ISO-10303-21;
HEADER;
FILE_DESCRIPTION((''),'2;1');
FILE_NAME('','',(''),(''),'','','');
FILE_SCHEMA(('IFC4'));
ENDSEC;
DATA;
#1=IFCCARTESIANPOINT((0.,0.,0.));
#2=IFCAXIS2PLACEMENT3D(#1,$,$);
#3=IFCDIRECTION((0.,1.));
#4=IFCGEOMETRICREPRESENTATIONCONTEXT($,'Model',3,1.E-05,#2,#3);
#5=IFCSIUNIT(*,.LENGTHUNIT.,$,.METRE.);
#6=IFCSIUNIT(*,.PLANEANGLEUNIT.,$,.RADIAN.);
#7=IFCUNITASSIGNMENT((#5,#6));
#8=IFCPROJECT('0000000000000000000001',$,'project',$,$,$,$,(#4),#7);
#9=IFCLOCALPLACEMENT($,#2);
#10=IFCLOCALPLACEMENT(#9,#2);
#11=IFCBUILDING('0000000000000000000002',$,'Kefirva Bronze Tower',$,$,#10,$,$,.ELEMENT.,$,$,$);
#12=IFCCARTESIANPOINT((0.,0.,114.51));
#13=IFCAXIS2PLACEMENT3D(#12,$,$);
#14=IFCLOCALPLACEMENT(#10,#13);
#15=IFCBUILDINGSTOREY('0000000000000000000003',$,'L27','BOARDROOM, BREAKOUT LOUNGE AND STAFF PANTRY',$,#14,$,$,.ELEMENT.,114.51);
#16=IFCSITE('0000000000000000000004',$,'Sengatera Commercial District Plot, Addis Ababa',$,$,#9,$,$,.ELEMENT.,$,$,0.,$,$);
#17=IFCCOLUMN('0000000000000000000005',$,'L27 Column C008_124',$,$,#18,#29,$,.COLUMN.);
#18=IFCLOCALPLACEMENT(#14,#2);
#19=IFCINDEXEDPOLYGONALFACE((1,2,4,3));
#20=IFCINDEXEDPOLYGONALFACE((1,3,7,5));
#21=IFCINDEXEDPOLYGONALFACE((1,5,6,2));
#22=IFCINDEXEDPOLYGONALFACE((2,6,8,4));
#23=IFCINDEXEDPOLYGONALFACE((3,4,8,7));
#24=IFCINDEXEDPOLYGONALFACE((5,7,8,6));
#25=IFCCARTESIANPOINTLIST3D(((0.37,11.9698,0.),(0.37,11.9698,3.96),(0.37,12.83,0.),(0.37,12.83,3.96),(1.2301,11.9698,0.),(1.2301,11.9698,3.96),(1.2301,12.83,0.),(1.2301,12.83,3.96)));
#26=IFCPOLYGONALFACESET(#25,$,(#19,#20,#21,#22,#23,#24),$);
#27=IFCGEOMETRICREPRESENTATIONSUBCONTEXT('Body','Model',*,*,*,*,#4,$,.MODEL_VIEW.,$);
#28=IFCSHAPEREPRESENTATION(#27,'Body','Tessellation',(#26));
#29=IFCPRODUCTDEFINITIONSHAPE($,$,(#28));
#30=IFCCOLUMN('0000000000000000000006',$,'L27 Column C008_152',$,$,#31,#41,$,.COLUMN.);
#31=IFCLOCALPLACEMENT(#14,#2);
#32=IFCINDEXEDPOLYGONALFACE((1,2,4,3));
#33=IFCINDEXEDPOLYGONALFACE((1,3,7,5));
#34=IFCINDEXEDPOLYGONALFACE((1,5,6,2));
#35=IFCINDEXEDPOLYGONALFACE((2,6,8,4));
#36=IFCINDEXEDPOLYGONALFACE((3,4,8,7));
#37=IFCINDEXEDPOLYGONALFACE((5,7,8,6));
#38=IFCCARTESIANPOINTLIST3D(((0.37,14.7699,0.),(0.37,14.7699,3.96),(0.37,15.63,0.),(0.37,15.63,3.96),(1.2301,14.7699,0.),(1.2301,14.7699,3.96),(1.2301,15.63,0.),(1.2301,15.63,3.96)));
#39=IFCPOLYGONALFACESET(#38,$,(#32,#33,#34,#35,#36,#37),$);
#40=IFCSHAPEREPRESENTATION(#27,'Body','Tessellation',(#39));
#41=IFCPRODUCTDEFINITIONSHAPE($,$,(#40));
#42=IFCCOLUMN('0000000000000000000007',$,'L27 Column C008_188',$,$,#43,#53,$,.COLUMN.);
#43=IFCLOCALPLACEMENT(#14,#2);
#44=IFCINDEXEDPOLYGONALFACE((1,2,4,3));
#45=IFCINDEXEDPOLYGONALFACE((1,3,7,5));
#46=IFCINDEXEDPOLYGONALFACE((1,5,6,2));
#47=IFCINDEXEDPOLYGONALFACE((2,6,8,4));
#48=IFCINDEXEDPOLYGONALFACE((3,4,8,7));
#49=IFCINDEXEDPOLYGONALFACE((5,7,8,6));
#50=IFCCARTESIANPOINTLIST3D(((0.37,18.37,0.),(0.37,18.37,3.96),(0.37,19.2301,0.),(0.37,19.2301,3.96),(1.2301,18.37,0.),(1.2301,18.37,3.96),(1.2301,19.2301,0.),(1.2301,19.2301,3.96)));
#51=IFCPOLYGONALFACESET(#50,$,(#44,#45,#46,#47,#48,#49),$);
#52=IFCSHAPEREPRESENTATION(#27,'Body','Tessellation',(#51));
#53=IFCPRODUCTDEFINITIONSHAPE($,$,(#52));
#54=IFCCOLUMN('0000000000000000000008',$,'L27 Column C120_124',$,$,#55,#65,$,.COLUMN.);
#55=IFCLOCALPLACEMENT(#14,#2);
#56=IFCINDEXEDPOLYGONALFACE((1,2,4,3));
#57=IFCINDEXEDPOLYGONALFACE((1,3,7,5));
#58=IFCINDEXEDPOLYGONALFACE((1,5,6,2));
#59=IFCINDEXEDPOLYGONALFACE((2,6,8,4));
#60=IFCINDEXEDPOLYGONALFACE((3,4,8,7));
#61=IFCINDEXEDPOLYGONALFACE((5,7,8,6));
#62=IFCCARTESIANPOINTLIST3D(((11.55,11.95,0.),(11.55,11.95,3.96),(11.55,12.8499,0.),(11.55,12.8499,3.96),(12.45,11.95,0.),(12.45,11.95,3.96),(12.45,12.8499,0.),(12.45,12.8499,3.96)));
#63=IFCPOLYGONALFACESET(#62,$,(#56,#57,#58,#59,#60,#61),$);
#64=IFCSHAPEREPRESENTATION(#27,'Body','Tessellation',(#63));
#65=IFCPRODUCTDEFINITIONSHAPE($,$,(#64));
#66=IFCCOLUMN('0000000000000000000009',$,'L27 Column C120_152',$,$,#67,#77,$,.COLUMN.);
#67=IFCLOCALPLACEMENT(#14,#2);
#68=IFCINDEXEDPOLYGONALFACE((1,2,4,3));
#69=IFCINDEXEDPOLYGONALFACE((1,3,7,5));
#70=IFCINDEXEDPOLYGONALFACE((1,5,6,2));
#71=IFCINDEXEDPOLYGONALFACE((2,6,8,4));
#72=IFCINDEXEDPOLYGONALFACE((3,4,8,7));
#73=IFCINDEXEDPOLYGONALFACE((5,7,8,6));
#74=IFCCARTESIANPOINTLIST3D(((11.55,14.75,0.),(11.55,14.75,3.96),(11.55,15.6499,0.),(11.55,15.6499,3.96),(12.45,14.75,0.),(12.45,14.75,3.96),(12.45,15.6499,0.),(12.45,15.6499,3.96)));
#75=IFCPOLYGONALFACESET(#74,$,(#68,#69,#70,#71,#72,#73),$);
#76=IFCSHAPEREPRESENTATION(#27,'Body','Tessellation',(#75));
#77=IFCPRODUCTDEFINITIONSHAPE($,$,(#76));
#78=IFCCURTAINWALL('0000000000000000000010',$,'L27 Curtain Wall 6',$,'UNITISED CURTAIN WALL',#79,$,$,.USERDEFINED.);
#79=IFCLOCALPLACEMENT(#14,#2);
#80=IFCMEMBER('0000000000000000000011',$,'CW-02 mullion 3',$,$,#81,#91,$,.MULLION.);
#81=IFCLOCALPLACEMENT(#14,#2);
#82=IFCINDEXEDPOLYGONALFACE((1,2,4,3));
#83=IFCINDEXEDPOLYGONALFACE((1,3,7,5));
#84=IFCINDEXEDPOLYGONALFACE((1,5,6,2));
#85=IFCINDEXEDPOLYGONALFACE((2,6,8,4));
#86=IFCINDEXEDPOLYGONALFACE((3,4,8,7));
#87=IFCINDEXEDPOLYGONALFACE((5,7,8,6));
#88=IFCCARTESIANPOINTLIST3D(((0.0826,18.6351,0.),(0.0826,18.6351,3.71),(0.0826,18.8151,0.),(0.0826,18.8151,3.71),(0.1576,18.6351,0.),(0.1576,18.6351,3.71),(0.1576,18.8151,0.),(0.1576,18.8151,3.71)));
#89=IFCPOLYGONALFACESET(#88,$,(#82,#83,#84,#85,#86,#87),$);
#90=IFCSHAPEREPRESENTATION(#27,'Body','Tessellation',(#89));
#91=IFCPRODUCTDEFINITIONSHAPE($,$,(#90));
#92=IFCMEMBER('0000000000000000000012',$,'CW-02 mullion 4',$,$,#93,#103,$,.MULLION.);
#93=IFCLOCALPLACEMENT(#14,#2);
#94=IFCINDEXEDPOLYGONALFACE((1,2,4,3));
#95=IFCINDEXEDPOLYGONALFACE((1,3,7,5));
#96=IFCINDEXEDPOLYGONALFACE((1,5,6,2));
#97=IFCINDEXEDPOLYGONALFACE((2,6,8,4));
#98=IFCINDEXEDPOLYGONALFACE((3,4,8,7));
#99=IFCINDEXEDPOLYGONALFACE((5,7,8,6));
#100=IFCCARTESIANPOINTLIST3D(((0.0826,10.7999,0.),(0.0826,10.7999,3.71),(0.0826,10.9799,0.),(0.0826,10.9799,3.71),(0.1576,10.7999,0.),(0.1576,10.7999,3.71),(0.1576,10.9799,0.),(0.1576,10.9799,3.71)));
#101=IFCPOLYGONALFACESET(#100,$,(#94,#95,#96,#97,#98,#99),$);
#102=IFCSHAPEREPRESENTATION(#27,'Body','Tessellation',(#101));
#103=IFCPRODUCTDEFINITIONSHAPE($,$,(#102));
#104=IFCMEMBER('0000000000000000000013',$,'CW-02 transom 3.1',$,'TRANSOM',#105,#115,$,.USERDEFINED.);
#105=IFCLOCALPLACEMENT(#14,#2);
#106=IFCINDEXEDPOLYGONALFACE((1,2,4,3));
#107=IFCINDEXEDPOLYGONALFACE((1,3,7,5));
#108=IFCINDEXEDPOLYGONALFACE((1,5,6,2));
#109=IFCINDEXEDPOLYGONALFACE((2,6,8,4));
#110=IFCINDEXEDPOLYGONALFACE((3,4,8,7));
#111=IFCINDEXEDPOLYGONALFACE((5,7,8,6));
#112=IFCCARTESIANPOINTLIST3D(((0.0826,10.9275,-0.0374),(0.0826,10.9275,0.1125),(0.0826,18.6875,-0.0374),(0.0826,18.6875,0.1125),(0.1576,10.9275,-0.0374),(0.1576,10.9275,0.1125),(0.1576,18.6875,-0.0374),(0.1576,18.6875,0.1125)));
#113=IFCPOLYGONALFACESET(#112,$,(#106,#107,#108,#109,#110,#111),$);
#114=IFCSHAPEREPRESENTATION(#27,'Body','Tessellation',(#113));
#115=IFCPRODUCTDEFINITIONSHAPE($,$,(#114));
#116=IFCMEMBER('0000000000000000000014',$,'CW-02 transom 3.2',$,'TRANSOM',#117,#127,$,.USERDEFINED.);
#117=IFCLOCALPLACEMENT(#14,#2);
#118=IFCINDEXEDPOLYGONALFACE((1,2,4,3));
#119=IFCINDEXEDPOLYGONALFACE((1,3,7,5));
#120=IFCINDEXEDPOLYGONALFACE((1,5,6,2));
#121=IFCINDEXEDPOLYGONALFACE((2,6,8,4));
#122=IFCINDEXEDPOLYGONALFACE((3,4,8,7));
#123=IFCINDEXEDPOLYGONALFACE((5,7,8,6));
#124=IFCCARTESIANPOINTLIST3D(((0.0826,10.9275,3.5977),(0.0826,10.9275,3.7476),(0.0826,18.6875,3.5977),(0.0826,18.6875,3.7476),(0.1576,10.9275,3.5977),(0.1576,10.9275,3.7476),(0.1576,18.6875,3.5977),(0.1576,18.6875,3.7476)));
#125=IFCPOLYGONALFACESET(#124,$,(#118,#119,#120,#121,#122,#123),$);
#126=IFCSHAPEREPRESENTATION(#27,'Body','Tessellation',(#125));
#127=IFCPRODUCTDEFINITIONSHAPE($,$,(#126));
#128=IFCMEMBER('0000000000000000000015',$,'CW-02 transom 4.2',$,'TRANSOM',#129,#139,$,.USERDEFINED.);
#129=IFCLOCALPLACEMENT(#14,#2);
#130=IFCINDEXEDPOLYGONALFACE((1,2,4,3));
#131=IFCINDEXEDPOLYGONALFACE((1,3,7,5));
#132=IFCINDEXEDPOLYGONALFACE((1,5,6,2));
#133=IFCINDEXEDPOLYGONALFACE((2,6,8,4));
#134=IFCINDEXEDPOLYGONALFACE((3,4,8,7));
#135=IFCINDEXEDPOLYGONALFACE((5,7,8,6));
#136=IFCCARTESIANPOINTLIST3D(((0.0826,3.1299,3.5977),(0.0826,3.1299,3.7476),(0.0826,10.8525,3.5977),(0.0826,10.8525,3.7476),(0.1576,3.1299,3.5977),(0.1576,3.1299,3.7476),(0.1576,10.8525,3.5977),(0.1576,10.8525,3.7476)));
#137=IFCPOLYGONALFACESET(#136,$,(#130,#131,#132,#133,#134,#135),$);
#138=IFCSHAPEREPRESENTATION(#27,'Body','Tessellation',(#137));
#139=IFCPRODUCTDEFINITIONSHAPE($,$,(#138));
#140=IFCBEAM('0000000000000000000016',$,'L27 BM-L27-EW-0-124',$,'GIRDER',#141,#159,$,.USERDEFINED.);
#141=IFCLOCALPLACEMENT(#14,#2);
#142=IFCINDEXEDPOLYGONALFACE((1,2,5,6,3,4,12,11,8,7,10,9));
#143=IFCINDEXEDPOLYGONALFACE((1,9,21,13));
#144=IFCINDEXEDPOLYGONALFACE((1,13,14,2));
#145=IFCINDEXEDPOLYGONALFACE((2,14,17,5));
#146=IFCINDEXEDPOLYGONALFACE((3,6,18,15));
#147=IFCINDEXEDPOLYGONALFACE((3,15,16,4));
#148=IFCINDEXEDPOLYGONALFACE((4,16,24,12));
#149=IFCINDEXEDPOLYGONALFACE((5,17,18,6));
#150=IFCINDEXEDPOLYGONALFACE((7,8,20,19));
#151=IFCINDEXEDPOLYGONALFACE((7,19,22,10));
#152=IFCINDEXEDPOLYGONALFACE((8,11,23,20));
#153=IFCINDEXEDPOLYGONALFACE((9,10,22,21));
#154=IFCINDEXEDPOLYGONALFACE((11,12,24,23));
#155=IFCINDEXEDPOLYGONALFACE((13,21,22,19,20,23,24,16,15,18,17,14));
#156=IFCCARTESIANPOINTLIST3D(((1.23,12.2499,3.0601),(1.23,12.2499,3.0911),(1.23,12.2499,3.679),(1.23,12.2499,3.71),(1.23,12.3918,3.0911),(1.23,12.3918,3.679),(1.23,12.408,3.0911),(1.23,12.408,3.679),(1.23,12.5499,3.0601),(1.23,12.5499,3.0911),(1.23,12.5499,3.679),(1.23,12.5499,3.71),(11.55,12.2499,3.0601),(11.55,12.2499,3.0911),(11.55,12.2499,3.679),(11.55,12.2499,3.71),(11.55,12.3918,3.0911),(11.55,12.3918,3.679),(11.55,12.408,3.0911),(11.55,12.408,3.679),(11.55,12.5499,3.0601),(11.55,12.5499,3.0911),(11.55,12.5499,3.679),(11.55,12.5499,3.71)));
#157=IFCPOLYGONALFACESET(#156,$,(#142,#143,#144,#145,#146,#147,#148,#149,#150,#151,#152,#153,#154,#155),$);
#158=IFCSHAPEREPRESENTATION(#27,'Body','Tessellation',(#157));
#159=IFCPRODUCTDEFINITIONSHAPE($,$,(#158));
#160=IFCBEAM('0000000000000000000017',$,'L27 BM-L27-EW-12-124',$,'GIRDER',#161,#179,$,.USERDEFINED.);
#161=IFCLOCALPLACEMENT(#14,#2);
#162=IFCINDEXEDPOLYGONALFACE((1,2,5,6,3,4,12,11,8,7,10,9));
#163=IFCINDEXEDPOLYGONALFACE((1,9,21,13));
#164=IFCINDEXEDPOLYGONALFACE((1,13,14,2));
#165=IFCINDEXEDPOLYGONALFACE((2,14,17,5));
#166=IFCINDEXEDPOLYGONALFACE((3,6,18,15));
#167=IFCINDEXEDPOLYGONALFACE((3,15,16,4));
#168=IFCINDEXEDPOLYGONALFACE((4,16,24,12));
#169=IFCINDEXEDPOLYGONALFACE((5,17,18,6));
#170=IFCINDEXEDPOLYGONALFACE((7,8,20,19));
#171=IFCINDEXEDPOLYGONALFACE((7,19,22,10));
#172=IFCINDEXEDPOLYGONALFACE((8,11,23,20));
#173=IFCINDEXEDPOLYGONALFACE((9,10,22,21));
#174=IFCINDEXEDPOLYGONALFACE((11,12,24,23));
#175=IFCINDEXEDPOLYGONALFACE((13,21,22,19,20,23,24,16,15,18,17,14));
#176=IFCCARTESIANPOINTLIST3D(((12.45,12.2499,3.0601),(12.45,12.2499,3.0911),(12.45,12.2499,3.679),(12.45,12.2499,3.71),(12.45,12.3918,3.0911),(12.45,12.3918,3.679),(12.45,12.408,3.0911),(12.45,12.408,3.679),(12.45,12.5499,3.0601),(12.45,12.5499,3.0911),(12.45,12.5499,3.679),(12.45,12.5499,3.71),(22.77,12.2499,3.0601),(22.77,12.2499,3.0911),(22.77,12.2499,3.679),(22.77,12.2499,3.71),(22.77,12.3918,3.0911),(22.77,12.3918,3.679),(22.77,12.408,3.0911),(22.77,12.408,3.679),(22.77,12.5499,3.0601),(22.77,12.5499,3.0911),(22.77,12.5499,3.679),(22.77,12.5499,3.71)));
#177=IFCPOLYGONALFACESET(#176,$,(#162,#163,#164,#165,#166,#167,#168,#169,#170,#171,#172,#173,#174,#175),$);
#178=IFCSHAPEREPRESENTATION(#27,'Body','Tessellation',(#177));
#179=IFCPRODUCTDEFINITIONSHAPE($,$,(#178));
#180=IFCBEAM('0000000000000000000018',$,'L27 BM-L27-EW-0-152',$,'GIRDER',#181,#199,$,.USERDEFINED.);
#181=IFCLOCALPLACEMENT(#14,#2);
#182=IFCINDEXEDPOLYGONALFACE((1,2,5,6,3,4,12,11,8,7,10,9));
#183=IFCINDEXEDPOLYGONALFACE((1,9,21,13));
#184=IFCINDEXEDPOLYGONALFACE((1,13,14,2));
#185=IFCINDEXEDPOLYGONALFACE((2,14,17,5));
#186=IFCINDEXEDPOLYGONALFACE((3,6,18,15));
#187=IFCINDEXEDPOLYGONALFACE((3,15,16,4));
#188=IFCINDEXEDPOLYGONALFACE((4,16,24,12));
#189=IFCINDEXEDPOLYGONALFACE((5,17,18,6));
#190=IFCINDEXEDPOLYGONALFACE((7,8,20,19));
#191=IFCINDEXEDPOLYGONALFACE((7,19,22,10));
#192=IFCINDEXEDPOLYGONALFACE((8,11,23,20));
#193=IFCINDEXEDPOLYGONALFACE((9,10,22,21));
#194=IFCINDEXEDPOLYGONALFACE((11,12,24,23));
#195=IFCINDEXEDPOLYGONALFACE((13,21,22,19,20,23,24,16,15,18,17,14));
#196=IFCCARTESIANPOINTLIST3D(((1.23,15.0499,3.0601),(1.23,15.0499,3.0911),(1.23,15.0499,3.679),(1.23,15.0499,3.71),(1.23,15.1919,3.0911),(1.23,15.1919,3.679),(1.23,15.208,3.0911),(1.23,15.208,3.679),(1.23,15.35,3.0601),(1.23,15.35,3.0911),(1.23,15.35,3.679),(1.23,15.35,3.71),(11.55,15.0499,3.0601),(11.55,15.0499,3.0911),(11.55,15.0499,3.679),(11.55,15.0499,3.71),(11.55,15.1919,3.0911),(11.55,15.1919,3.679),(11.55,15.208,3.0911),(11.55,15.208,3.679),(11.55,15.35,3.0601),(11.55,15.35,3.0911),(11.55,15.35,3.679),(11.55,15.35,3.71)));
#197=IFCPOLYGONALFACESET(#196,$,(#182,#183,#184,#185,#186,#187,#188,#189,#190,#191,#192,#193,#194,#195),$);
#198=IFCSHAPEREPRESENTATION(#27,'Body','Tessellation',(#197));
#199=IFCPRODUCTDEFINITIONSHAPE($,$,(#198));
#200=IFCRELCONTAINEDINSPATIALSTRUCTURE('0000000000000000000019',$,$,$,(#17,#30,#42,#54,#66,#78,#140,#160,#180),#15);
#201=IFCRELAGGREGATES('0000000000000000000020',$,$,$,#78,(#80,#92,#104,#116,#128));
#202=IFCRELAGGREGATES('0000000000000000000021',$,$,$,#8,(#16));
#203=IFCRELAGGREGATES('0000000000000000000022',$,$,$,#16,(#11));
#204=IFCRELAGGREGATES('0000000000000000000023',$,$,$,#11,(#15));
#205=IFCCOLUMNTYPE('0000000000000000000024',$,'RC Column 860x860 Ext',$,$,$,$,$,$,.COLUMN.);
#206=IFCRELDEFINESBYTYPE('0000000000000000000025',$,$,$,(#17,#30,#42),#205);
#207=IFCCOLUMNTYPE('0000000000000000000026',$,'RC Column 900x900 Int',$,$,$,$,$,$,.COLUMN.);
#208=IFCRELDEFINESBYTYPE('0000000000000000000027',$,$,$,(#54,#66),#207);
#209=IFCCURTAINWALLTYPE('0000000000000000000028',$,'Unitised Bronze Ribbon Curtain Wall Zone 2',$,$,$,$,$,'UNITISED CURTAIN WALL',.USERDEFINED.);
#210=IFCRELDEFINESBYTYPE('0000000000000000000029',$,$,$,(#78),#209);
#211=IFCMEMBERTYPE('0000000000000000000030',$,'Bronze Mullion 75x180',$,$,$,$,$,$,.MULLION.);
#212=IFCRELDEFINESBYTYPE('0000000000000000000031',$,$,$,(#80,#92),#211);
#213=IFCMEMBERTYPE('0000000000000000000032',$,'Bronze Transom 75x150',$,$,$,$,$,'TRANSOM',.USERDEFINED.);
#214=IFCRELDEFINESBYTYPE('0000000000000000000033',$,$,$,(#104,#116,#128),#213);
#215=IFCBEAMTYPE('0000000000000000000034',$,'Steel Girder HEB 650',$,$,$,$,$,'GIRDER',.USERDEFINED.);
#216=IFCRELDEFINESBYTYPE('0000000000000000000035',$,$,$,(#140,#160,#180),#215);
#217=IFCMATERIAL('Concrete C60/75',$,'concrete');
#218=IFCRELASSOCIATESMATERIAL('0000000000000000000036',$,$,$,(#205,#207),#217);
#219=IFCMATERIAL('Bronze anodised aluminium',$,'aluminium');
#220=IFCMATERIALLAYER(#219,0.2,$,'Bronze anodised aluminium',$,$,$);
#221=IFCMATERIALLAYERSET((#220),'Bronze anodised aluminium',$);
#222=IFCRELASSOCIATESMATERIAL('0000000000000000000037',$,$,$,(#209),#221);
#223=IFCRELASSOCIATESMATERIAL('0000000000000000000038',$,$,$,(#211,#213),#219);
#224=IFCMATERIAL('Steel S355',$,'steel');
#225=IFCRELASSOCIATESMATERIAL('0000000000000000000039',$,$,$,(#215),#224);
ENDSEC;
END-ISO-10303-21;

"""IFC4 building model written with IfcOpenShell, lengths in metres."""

from ifc_helpers import new_model, si_unit, direction, frame, origin, origin_2d, place, context, subcontext, project, spatial, rectangle, i_section, extrude, material, layer, layer_set, material_profile, profile_set, type_object, element, aggregate, save


model = new_model("IFC4")

# Units and contexts
model_context = context("Model", 3, precision=1e-05, world=origin(), true_north=direction((0.0, 1.0)))
body_context = subcontext(model_context, "Body", "Model", "MODEL_VIEW")
ifc_project = project(units=[si_unit("LENGTHUNIT", "METRE"), si_unit("PLANEANGLEUNIT", "RADIAN")], contexts=[model_context])

# Site, building, storey
site_placement = place(None, origin())
site = spatial("IfcSite", under=ifc_project, at=site_placement, Name="Sengatera Commercial District Plot, Addis Ababa", CompositionType="ELEMENT", RefElevation=0.0)
building_placement = place(site_placement, origin())
building = spatial("IfcBuilding", under=site, at=building_placement, Name="Kefirva Bronze Tower", CompositionType="ELEMENT")
storey_placement = place(building_placement, frame((0.0, 0.0, 114.51)))
storey = spatial("IfcBuildingStorey", under=building, at=storey_placement, Name="L27", Description="BOARDROOM, BREAKOUT LOUNGE AND STAFF PANTRY", CompositionType="ELEMENT", Elevation=114.51)

# Columns
ifc_material_1 = material(Name="Concrete C60/75", Category="concrete")
ifc_material_profile_1 = material_profile(ifc_material_1, rectangle(XDim=0.8601, YDim=0.8601, at=origin_2d()), Name="RC 860x860")
ifc_profile_set_1 = profile_set([ifc_material_profile_1], Name="Concrete C60/75")
column_type_1 = type_object("IfcColumnType", Name="RC Column 860x860 Ext", PredefinedType="COLUMN", material=ifc_profile_set_1)
for number, where, z_axis, x_axis, name in (
    (1, (0.8, 12.3999, 0.0), (0.0, 0.0, 1.0), (1.0, 0.0, 0.0), "L27 Column C008_124"),
    (2, (0.8, 15.2, 0.0), (0.0, 0.0, 1.0), (1.0, 0.0, 0.0), "L27 Column C008_152"),
    (3, (0.8, 18.8, 0.0), (0.0, 0.0, 1.0), (1.0, 0.0, 0.0), "L27 Column C008_188"),
):
    element("IfcColumn", number, at=place(storey_placement, frame(where, z_axis=z_axis, x_axis=x_axis)), inside=storey, type_object=column_type_1, Name=name, PredefinedType="COLUMN", context=body_context, shape_type="SweptSolid", body=[
        extrude(rectangle(XDim=0.8601, YDim=0.8601, at=origin_2d()), origin(), (0.0, 0.0, 1.0), 3.96),
    ])
ifc_material_profile_2 = material_profile(ifc_material_1, rectangle(XDim=0.8999, YDim=0.8999, at=origin_2d()), Name="RC 900x900")
ifc_profile_set_2 = profile_set([ifc_material_profile_2], Name="Concrete C60/75")
column_type_2 = type_object("IfcColumnType", Name="RC Column 900x900 Int", PredefinedType="COLUMN", material=ifc_profile_set_2)
for number, where, z_axis, x_axis, name in (
    (4, (12.0, 12.3999, 0.0), (0.0, 0.0, 1.0), (1.0, 0.0, 0.0), "L27 Column C120_124"),
    (5, (12.0, 15.2, 0.0), (0.0, 0.0, 1.0), (1.0, 0.0, 0.0), "L27 Column C120_152"),
):
    element("IfcColumn", number, at=place(storey_placement, frame(where, z_axis=z_axis, x_axis=x_axis)), inside=storey, type_object=column_type_2, Name=name, PredefinedType="COLUMN", context=body_context, shape_type="SweptSolid", body=[
        extrude(rectangle(XDim=0.8999, YDim=0.8999, at=origin_2d()), origin(), (0.0, 0.0, 1.0), 3.96),
    ])

# Curtain wall, members
ifc_material_2 = material(Name="Bronze anodised aluminium", Category="aluminium")
ifc_layer_1 = layer(ifc_material_2, 0.2, Name="Bronze anodised aluminium")
ifc_layer_set_1 = layer_set([ifc_layer_1], Name="Bronze anodised aluminium")
curtain_wall_type = type_object("IfcCurtainWallType", Name="Unitised Bronze Ribbon Curtain Wall Zone 2", ElementType="UNITISED CURTAIN WALL", PredefinedType="USERDEFINED", material=ifc_layer_set_1)
curtain_wall_placement = place(storey_placement, origin())
curtain_wall = element("IfcCurtainWall", 6, at=curtain_wall_placement, inside=storey, type_object=curtain_wall_type, Name="L27 Curtain Wall 6", ObjectType="UNITISED CURTAIN WALL", PredefinedType="USERDEFINED")
ifc_material_profile_3 = material_profile(ifc_material_2, rectangle(XDim=0.075, YDim=0.1799, at=origin_2d()), Name="ALU 75x180")
ifc_profile_set_3 = profile_set([ifc_material_profile_3], Name="Bronze anodised aluminium")
member_type_1 = type_object("IfcMemberType", Name="Bronze Mullion 75x180", PredefinedType="MULLION", material=ifc_profile_set_3)
member_1_placement = place(storey_placement, frame((0.1201, 18.7251, 0.0), z_axis=(0.0, 0.0, 1.0), x_axis=(1.0, 0.0, 0.0)))
member_1 = element("IfcMember", 7, at=member_1_placement, type_object=member_type_1, Name="CW-02 mullion 3", PredefinedType="MULLION", context=body_context, shape_type="SweptSolid", body=[
    extrude(rectangle(XDim=0.075, YDim=0.1799, at=origin_2d()), origin(), (0.0, 0.0, 1.0), 3.71),
])
member_2_placement = place(storey_placement, frame((0.1201, 10.8899, 0.0), z_axis=(0.0, 0.0, 1.0), x_axis=(1.0, 0.0, 0.0)))
member_2 = element("IfcMember", 8, at=member_2_placement, type_object=member_type_1, Name="CW-02 mullion 4", PredefinedType="MULLION", context=body_context, shape_type="SweptSolid", body=[
    extrude(rectangle(XDim=0.075, YDim=0.1799, at=origin_2d()), origin(), (0.0, 0.0, 1.0), 3.71),
])
ifc_material_profile_4 = material_profile(ifc_material_2, rectangle(XDim=0.075, YDim=0.1499, at=origin_2d()), Name="ALU 75x150")
ifc_profile_set_4 = profile_set([ifc_material_profile_4], Name="Bronze anodised aluminium")
member_type_2 = type_object("IfcMemberType", Name="Bronze Transom 75x150", ElementType="TRANSOM", PredefinedType="USERDEFINED", material=ifc_profile_set_4)
member_3_placement = place(storey_placement, frame((0.1201, 18.6875, 0.0376), z_axis=(0.0, -1.0, 0.0), x_axis=(1.0, 0.0, 0.0)))
member_3 = element("IfcMember", 9, at=member_3_placement, type_object=member_type_2, Name="CW-02 transom 3.1", ObjectType="TRANSOM", PredefinedType="USERDEFINED", context=body_context, shape_type="SweptSolid", body=[
    extrude(rectangle(XDim=0.075, YDim=0.1499, at=origin_2d()), origin(), (0.0, 0.0, 1.0), 7.76),
])
member_4_placement = place(storey_placement, frame((0.1201, 18.6875, 3.6726), z_axis=(0.0, -1.0, 0.0), x_axis=(1.0, 0.0, 0.0)))
member_4 = element("IfcMember", 10, at=member_4_placement, type_object=member_type_2, Name="CW-02 transom 3.2", ObjectType="TRANSOM", PredefinedType="USERDEFINED", context=body_context, shape_type="SweptSolid", body=[
    extrude(rectangle(XDim=0.075, YDim=0.1499, at=origin_2d()), origin(), (0.0, 0.0, 1.0), 7.76),
])
member_5_placement = place(storey_placement, frame((0.1201, 10.8525, 3.6726), z_axis=(0.0, -1.0, 0.0), x_axis=(1.0, 0.0, 0.0)))
member_5 = element("IfcMember", 11, at=member_5_placement, type_object=member_type_2, Name="CW-02 transom 4.2", ObjectType="TRANSOM", PredefinedType="USERDEFINED", context=body_context, shape_type="SweptSolid", body=[
    extrude(rectangle(XDim=0.075, YDim=0.1499, at=origin_2d()), origin(), (0.0, 0.0, 1.0), 7.7227),
])

# Beams
ifc_material_3 = material(Name="Steel S355", Category="steel")
ifc_material_profile_5 = material_profile(ifc_material_3, i_section(OverallWidth=0.3, OverallDepth=0.6499, WebThickness=0.0161, FlangeThickness=0.031, at=origin_2d()), Name="HEB 650")
ifc_profile_set_5 = profile_set([ifc_material_profile_5], Name="Steel S355")
beam_type_1 = type_object("IfcBeamType", Name="Steel Girder HEB 650", ElementType="GIRDER", PredefinedType="USERDEFINED", material=ifc_profile_set_5)
for number, where, z_axis, x_axis, name in (
    (12, (1.23, 12.3999, 3.385), (1.0, 0.0, 0.0), (0.0, 1.0, 0.0), "L27 BM-L27-EW-0-124"),
    (13, (12.45, 12.3999, 3.385), (1.0, 0.0, 0.0), (0.0, 1.0, 0.0), "L27 BM-L27-EW-12-124"),
    (14, (1.23, 15.2, 3.385), (1.0, 0.0, 0.0), (0.0, 1.0, 0.0), "L27 BM-L27-EW-0-152"),
):
    element("IfcBeam", number, at=place(storey_placement, frame(where, z_axis=z_axis, x_axis=x_axis)), inside=storey, type_object=beam_type_1, Name=name, ObjectType="GIRDER", PredefinedType="USERDEFINED", context=body_context, shape_type="SweptSolid", body=[
        extrude(i_section(OverallWidth=0.3, OverallDepth=0.6499, WebThickness=0.0161, FlangeThickness=0.031, at=origin_2d()), origin(), (0.0, 0.0, 1.0), 10.3201),
    ])

aggregate(curtain_wall, [member_1, member_2, member_3, member_4, member_5])

save(model, "model.ifc")
